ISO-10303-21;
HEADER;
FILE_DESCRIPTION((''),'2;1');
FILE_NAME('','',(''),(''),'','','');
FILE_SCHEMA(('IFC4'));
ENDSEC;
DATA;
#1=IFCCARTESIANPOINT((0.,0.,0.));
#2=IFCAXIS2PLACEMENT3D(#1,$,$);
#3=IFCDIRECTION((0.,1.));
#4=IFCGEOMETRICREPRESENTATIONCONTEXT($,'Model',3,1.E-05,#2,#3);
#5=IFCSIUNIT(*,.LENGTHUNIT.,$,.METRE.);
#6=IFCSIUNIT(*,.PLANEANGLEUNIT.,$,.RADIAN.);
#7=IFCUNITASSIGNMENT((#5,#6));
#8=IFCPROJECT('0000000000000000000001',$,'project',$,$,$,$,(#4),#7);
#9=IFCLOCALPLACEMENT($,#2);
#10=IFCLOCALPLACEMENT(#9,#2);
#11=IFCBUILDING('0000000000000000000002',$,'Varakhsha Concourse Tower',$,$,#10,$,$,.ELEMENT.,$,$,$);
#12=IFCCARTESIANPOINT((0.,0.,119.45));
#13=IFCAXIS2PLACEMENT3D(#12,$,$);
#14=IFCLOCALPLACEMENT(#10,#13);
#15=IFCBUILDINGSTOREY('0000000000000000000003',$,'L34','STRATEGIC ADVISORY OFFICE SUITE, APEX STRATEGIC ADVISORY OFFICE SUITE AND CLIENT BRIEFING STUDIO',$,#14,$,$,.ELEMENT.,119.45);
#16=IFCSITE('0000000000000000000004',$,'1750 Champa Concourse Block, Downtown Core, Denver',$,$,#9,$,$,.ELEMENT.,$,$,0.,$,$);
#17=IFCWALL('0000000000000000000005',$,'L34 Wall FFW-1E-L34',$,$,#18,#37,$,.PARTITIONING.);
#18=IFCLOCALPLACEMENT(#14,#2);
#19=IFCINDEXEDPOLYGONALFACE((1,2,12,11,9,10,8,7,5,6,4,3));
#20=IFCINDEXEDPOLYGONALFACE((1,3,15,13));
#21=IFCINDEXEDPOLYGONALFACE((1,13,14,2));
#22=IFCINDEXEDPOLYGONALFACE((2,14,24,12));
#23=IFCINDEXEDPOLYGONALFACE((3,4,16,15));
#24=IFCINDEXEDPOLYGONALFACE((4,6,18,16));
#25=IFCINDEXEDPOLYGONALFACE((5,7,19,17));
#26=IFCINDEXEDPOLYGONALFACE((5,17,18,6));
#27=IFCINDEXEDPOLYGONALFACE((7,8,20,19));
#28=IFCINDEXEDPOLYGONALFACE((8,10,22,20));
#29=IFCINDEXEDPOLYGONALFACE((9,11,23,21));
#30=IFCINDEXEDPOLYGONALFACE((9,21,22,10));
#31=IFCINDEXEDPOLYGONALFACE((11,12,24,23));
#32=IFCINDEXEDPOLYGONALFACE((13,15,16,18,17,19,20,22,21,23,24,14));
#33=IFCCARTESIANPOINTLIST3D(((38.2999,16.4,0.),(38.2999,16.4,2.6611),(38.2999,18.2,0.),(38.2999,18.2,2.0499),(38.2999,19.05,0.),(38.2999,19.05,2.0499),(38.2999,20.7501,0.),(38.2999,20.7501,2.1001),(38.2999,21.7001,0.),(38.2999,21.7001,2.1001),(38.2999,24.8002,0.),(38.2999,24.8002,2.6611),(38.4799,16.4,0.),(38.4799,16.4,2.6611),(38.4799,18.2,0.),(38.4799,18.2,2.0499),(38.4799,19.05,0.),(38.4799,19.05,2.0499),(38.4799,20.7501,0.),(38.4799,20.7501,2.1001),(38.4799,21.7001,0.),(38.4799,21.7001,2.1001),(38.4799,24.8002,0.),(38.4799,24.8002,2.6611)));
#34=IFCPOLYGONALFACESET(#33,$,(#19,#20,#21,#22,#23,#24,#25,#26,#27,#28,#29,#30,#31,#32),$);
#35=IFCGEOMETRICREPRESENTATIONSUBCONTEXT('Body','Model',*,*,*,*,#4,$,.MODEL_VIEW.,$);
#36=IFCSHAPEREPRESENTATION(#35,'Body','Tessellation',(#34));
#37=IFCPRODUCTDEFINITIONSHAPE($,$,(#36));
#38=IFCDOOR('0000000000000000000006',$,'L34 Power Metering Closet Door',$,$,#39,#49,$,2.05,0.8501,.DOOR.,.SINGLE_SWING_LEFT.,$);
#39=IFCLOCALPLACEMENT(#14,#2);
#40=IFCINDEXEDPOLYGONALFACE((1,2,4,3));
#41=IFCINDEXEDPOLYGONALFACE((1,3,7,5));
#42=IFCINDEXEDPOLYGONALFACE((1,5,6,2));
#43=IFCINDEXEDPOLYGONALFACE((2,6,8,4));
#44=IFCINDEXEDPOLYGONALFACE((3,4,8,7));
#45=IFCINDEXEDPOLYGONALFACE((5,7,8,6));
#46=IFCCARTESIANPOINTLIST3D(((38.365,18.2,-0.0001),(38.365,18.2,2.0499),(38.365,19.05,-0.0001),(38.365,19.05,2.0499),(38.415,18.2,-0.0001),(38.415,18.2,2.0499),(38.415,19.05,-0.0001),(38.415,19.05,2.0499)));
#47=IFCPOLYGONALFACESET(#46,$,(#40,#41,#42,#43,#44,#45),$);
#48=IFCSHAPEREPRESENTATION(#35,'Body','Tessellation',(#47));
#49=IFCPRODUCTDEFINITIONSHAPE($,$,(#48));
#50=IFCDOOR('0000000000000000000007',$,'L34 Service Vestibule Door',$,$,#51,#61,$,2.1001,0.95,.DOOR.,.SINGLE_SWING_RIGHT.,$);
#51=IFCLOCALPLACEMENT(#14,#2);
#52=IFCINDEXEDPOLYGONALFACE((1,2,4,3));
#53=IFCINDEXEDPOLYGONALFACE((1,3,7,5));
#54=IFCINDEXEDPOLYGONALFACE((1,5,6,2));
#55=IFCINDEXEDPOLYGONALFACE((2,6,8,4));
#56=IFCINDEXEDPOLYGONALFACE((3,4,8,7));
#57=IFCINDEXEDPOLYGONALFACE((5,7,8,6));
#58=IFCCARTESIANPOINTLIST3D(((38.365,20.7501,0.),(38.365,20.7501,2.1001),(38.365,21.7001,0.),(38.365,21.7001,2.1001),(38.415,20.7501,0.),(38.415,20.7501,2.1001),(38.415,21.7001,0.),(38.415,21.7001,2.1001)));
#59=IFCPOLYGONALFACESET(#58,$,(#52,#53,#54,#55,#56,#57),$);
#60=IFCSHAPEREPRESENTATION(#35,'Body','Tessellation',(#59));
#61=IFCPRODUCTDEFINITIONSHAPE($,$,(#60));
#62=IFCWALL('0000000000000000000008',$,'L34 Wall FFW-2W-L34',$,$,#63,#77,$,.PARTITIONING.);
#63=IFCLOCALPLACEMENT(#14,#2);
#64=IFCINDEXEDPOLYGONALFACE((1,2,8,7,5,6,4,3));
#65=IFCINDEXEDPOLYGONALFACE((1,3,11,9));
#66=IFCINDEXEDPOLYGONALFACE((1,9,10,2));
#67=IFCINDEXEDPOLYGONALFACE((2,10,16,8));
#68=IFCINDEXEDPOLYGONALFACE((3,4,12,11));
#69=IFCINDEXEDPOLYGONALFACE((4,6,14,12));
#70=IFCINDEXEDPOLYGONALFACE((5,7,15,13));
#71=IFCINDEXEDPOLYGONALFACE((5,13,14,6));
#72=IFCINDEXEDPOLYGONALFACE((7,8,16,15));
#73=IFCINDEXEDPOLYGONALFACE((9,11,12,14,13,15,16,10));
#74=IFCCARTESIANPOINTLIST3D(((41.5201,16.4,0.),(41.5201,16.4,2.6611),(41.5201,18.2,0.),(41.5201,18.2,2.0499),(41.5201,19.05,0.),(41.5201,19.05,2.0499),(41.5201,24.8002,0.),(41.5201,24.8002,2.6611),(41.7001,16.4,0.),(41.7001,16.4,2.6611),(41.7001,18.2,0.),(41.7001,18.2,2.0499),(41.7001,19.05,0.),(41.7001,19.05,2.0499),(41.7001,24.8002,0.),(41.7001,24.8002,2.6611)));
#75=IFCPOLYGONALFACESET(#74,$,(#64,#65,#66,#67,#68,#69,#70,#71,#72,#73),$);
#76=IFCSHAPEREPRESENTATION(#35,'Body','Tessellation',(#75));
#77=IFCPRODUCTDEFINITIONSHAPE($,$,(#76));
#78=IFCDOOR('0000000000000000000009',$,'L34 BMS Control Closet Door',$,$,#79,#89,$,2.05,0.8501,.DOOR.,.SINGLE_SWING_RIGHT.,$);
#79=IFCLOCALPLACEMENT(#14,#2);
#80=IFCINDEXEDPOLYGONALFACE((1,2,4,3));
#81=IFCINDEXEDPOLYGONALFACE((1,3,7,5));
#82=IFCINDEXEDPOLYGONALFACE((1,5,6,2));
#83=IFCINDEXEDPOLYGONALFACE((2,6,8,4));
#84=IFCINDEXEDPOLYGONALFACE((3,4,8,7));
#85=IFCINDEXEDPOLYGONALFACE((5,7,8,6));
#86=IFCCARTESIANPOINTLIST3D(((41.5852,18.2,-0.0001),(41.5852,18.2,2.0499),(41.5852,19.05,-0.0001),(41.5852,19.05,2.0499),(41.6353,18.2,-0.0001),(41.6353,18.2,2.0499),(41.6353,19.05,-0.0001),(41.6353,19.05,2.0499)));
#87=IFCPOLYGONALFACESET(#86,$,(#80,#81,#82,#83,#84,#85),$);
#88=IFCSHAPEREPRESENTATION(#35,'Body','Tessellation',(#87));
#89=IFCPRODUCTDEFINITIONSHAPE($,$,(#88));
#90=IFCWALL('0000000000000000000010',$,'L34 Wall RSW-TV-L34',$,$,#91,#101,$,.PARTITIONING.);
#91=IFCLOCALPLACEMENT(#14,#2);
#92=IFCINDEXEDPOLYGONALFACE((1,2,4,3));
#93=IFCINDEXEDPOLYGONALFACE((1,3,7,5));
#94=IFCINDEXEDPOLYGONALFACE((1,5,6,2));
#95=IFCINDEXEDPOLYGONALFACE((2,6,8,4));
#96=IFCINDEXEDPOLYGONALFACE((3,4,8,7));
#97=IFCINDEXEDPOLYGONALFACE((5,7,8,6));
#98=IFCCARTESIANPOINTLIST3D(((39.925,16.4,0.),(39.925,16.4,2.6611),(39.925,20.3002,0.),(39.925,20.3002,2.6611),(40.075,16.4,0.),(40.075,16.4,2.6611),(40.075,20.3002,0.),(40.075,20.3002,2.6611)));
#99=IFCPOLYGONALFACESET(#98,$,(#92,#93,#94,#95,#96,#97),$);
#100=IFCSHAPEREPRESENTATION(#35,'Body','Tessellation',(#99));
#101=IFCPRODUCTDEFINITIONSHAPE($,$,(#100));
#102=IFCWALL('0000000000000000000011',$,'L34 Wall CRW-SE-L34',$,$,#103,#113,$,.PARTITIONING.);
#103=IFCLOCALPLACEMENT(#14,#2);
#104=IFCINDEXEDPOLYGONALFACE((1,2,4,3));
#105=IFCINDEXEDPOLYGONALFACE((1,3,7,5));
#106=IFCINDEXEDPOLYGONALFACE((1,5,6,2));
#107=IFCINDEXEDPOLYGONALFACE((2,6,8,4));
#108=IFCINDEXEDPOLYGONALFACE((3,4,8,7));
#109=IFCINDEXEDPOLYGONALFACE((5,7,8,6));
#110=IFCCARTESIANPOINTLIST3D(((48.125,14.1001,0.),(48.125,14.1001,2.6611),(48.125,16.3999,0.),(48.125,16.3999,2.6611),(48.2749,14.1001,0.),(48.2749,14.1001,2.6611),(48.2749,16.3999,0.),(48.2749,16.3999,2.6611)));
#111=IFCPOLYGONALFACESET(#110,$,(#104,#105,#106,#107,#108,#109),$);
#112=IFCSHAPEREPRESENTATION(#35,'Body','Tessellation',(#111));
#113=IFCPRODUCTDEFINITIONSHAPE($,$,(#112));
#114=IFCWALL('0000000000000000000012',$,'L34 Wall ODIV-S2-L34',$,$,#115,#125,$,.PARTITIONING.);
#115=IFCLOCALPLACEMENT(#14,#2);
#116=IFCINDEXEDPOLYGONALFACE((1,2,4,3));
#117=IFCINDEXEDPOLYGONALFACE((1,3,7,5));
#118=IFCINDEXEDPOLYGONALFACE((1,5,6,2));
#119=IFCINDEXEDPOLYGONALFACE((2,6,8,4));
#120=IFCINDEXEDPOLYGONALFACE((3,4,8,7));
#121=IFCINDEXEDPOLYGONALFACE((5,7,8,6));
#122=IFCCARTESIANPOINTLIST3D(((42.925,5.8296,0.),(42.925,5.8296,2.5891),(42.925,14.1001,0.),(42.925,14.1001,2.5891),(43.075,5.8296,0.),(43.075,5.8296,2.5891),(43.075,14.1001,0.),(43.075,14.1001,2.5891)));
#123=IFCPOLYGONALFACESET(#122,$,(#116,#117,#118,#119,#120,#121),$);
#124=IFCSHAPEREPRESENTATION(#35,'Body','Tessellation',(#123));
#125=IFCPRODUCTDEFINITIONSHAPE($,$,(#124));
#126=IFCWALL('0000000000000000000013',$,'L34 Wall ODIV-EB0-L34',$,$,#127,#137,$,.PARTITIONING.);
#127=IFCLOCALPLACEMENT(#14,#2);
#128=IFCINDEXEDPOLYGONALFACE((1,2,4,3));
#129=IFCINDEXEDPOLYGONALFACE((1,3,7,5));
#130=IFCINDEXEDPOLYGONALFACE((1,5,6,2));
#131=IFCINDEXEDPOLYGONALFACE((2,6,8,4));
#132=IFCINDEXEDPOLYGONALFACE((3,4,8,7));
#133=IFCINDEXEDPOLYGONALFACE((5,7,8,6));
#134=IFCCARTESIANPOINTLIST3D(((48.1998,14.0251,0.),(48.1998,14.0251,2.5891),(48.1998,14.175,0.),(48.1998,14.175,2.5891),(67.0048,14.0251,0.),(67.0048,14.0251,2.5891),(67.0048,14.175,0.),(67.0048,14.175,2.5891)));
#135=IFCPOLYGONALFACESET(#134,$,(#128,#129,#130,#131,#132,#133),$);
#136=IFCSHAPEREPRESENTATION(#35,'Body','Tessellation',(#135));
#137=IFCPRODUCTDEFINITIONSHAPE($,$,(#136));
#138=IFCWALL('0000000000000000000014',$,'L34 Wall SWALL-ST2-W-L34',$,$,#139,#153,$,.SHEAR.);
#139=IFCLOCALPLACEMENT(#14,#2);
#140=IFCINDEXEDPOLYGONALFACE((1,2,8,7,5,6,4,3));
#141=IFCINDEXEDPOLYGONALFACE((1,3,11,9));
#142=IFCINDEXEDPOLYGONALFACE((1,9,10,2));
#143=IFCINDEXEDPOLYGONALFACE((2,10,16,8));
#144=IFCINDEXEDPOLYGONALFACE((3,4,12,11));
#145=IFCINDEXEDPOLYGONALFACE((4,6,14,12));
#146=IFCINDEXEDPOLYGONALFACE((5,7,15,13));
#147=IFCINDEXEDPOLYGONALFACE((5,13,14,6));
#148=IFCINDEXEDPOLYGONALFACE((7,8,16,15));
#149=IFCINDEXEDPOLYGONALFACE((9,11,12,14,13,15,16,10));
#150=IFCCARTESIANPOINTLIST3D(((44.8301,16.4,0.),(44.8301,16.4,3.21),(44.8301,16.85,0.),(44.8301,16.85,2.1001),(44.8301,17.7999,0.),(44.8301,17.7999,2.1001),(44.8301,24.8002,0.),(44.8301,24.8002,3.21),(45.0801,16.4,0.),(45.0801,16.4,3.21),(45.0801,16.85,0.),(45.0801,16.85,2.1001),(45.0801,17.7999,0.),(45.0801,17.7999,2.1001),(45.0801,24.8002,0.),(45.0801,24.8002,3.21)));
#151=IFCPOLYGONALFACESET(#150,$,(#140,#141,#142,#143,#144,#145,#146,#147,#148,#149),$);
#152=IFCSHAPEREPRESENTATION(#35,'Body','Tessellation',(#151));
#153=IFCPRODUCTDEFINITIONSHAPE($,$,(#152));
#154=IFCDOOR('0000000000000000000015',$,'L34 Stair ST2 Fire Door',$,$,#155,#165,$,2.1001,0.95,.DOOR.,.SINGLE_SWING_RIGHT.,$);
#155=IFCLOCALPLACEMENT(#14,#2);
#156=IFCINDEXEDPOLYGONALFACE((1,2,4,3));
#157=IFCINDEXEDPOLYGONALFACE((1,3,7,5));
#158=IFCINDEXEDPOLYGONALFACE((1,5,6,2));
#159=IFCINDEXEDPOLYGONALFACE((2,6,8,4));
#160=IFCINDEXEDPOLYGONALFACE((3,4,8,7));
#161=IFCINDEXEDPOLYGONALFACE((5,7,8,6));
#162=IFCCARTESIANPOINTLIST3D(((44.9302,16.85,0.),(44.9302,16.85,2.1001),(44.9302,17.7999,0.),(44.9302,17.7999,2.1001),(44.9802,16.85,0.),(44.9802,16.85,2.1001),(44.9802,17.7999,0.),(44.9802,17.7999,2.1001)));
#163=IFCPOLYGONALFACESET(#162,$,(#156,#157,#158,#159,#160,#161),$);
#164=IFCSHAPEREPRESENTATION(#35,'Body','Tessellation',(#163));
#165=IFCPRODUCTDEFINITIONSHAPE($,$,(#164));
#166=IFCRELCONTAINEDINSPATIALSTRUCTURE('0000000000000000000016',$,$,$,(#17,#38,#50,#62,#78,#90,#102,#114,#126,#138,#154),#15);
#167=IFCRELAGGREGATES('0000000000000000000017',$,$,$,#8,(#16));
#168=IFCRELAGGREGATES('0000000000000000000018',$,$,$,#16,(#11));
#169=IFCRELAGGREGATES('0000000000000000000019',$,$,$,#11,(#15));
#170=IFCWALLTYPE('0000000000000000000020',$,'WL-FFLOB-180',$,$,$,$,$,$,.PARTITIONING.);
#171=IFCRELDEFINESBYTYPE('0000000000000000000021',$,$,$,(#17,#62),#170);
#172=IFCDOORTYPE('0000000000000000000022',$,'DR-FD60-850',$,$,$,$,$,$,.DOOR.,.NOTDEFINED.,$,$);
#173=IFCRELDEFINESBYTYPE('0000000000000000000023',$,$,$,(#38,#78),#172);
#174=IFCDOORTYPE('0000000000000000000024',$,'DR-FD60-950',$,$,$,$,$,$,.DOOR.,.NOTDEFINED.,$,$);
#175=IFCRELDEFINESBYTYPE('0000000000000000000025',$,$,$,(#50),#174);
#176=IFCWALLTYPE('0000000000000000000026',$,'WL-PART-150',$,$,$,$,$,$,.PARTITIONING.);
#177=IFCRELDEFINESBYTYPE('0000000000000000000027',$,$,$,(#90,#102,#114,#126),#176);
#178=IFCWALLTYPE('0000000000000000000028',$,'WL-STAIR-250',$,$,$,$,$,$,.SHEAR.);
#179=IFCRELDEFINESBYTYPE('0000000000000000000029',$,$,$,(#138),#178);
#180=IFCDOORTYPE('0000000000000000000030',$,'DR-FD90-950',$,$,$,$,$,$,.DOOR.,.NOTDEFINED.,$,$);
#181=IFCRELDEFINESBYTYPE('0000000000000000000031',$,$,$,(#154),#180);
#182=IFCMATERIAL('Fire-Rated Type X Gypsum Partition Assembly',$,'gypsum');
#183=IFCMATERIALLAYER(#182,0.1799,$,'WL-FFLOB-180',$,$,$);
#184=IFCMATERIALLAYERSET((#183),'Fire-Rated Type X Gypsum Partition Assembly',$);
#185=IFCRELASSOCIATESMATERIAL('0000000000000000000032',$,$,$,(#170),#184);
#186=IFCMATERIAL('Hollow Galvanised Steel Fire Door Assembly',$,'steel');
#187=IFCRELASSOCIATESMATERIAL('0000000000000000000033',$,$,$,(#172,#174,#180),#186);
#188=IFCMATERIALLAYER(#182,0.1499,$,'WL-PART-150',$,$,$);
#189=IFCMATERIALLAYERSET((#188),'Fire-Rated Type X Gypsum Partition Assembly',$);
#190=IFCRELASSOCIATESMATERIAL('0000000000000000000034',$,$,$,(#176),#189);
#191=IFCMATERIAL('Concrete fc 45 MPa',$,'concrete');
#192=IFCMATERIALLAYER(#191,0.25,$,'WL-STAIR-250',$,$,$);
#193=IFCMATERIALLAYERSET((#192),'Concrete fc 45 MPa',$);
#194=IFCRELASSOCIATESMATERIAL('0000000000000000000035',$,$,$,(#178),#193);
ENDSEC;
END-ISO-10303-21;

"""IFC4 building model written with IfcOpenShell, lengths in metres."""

from ifc_helpers import new_model, si_unit, direction, frame, frame_2d, origin, place, context, subcontext, project, spatial, rectangle, extrude, material, layer, layer_set, type_object, element, fill, save


model = new_model("IFC4")

# Units and contexts
model_context = context("Model", 3, precision=1e-05, world=origin(), true_north=direction((0.0, 1.0)))
body_context = subcontext(model_context, "Body", "Model", "MODEL_VIEW")
ifc_project = project(units=[si_unit("LENGTHUNIT", "METRE"), si_unit("PLANEANGLEUNIT", "RADIAN")], contexts=[model_context])

# Site, building, storey
site_placement = place(None, origin())
site = spatial("IfcSite", under=ifc_project, at=site_placement, Name="1750 Champa Concourse Block, Downtown Core, Denver", CompositionType="ELEMENT", RefElevation=0.0)
building_placement = place(site_placement, origin())
building = spatial("IfcBuilding", under=site, at=building_placement, Name="Varakhsha Concourse Tower", CompositionType="ELEMENT")
storey_placement = place(building_placement, frame((0.0, 0.0, 119.45)))
storey = spatial("IfcBuildingStorey", under=building, at=storey_placement, Name="L34", Description="STRATEGIC ADVISORY OFFICE SUITE, APEX STRATEGIC ADVISORY OFFICE SUITE AND CLIENT BRIEFING STUDIO", CompositionType="ELEMENT", Elevation=119.45)

# Wall, openings, doors
ifc_material_1 = material(Name="Fire-Rated Type X Gypsum Partition Assembly", Category="gypsum")
ifc_layer_1 = layer(ifc_material_1, 0.1799, Name="WL-FFLOB-180")
ifc_layer_set_1 = layer_set([ifc_layer_1], Name="Fire-Rated Type X Gypsum Partition Assembly")
wall_type_1 = type_object("IfcWallType", Name="WL-FFLOB-180", PredefinedType="PARTITIONING", material=ifc_layer_set_1)
wall_1_placement = place(storey_placement, frame((38.3899, 16.3999, 0.0), z_axis=(0.0, 0.0, 1.0), x_axis=(0.0, 1.0, 0.0)))
wall_1 = element("IfcWall", 1, at=wall_1_placement, inside=storey, type_object=wall_type_1, Name="L34 Wall FFW-1E-L34", PredefinedType="PARTITIONING", context=body_context, shape_type="SweptSolid", body=[
    extrude(rectangle(XDim=8.4001, YDim=0.1799, at=frame_2d((4.2002, 0.0))), origin(), (0.0, 0.0, 1.0), 2.6611),
])
opening_1_placement = place(wall_1_placement, frame((1.8, 0.0, 0.0)))
opening_1 = element("IfcOpeningElement", 2, at=opening_1_placement, cuts=wall_1, PredefinedType="OPENING", context=body_context, shape_type="SweptSolid", body=[
    extrude(rectangle(XDim=0.8501, YDim=2.05, at=frame_2d((0.425, 1.0249))), frame((0.0, 0.0999, 0.0), z_axis=(0.0, -1.0, 0.0), x_axis=(1.0, 0.0, 0.0)), (0.0, 0.0, 1.0), 0.2),
])
opening_2_placement = place(wall_1_placement, frame((4.3501, 0.0, 0.0)))
opening_2 = element("IfcOpeningElement", 3, at=opening_2_placement, cuts=wall_1, PredefinedType="OPENING", context=body_context, shape_type="SweptSolid", body=[
    extrude(rectangle(XDim=0.95, YDim=2.1001, at=frame_2d((0.4751, 1.05))), frame((0.0, 0.0999, 0.0), z_axis=(0.0, -1.0, 0.0), x_axis=(1.0, 0.0, 0.0)), (0.0, 0.0, 1.0), 0.2),
])
ifc_material_2 = material(Name="Hollow Galvanised Steel Fire Door Assembly", Category="steel")
door_type_1 = type_object("IfcDoorType", Name="DR-FD60-850", OperationType="NOTDEFINED", PredefinedType="DOOR", material=ifc_material_2)
door_1_placement = place(opening_1_placement, origin())
door_1 = element("IfcDoor", 4, at=door_1_placement, inside=storey, type_object=door_type_1, Name="L34 Power Metering Closet Door", OperationType="SINGLE_SWING_LEFT", OverallHeight=2.05, OverallWidth=0.8501, PredefinedType="DOOR", context=body_context, shape_type="SweptSolid", body=[
    extrude(rectangle(XDim=0.8501, YDim=2.05, at=frame_2d((0.425, 1.0249))), frame((0.0, 0.0249, 0.0), z_axis=(0.0, -1.0, 0.0), x_axis=(1.0, 0.0, 0.0)), (0.0, 0.0, 1.0), 0.05),
])
fill(opening_1, door_1)
door_type_2 = type_object("IfcDoorType", Name="DR-FD60-950", OperationType="NOTDEFINED", PredefinedType="DOOR", material=ifc_material_2)
door_2_placement = place(opening_2_placement, origin())
door_2 = element("IfcDoor", 5, at=door_2_placement, inside=storey, type_object=door_type_2, Name="L34 Service Vestibule Door", OperationType="SINGLE_SWING_RIGHT", OverallHeight=2.1001, OverallWidth=0.95, PredefinedType="DOOR", context=body_context, shape_type="SweptSolid", body=[
    extrude(rectangle(XDim=0.95, YDim=2.1001, at=frame_2d((0.4751, 1.05))), frame((0.0, 0.0249, 0.0), z_axis=(0.0, -1.0, 0.0), x_axis=(1.0, 0.0, 0.0)), (0.0, 0.0, 1.0), 0.05),
])
fill(opening_2, door_2)

# Wall, opening, door
wall_2_placement = place(storey_placement, frame((41.6101, 16.3999, 0.0), z_axis=(0.0, 0.0, 1.0), x_axis=(0.0, 1.0, 0.0)))
wall_2 = element("IfcWall", 6, at=wall_2_placement, inside=storey, type_object=wall_type_1, Name="L34 Wall FFW-2W-L34", PredefinedType="PARTITIONING", context=body_context, shape_type="SweptSolid", body=[
    extrude(rectangle(XDim=8.4001, YDim=0.1799, at=frame_2d((4.2002, 0.0))), origin(), (0.0, 0.0, 1.0), 2.6611),
])
opening_3_placement = place(wall_2_placement, frame((1.8, 0.0, 0.0)))
opening_3 = element("IfcOpeningElement", 7, at=opening_3_placement, cuts=wall_2, PredefinedType="OPENING", context=body_context, shape_type="SweptSolid", body=[
    extrude(rectangle(XDim=0.8501, YDim=2.05, at=frame_2d((0.425, 1.0249))), frame((0.0, 0.0999, 0.0), z_axis=(0.0, -1.0, 0.0), x_axis=(1.0, 0.0, 0.0)), (0.0, 0.0, 1.0), 0.2),
])
door_3_placement = place(opening_3_placement, origin())
door_3 = element("IfcDoor", 8, at=door_3_placement, inside=storey, type_object=door_type_1, Name="L34 BMS Control Closet Door", OperationType="SINGLE_SWING_RIGHT", OverallHeight=2.05, OverallWidth=0.8501, PredefinedType="DOOR", context=body_context, shape_type="SweptSolid", body=[
    extrude(rectangle(XDim=0.8501, YDim=2.05, at=frame_2d((0.425, 1.0249))), frame((0.0, 0.0249, 0.0), z_axis=(0.0, -1.0, 0.0), x_axis=(1.0, 0.0, 0.0)), (0.0, 0.0, 1.0), 0.05),
])
fill(opening_3, door_3)

# Walls
ifc_layer_2 = layer(ifc_material_1, 0.1499, Name="WL-PART-150")
ifc_layer_set_2 = layer_set([ifc_layer_2], Name="Fire-Rated Type X Gypsum Partition Assembly")
wall_type_2 = type_object("IfcWallType", Name="WL-PART-150", PredefinedType="PARTITIONING", material=ifc_layer_set_2)
wall_3_placement = place(storey_placement, frame((40.0, 16.3999, 0.0), z_axis=(0.0, 0.0, 1.0), x_axis=(0.0, 1.0, 0.0)))
element("IfcWall", 9, at=wall_3_placement, inside=storey, type_object=wall_type_2, Name="L34 Wall RSW-TV-L34", PredefinedType="PARTITIONING", context=body_context, shape_type="SweptSolid", body=[
    extrude(rectangle(XDim=3.9001, YDim=0.1499, at=frame_2d((1.9502, 0.0))), origin(), (0.0, 0.0, 1.0), 2.6611),
])
wall_4_placement = place(storey_placement, frame((48.2, 14.1001, 0.0), z_axis=(0.0, 0.0, 1.0), x_axis=(0.0, 1.0, 0.0)))
element("IfcWall", 10, at=wall_4_placement, inside=storey, type_object=wall_type_2, Name="L34 Wall CRW-SE-L34", PredefinedType="PARTITIONING", context=body_context, shape_type="SweptSolid", body=[
    extrude(rectangle(XDim=2.2998, YDim=0.1499, at=frame_2d((1.1499, 0.0))), origin(), (0.0, 0.0, 1.0), 2.6611),
])
wall_5_placement = place(storey_placement, frame((43.0, 5.8296, 0.0), z_axis=(0.0, 0.0, 1.0), x_axis=(0.0, 1.0, 0.0)))
element("IfcWall", 11, at=wall_5_placement, inside=storey, type_object=wall_type_2, Name="L34 Wall ODIV-S2-L34", PredefinedType="PARTITIONING", context=body_context, shape_type="SweptSolid", body=[
    extrude(rectangle(XDim=8.2705, YDim=0.1499, at=frame_2d((4.1353, 0.0))), origin(), (0.0, 0.0, 1.0), 2.5891),
])
wall_6_placement = place(storey_placement, frame((48.2, 14.1001, 0.0), z_axis=(0.0, 0.0, 1.0), x_axis=(1.0, 0.0, 0.0)))
element("IfcWall", 12, at=wall_6_placement, inside=storey, type_object=wall_type_2, Name="L34 Wall ODIV-EB0-L34", PredefinedType="PARTITIONING", context=body_context, shape_type="SweptSolid", body=[
    extrude(rectangle(XDim=18.8049, YDim=0.1499, at=frame_2d((9.4023, 0.0))), origin(), (0.0, 0.0, 1.0), 2.5891),
])

# Wall, opening, door
ifc_material_3 = material(Name="Concrete fc 45 MPa", Category="concrete")
ifc_layer_3 = layer(ifc_material_3, 0.25, Name="WL-STAIR-250")
ifc_layer_set_3 = layer_set([ifc_layer_3], Name="Concrete fc 45 MPa")
wall_type_3 = type_object("IfcWallType", Name="WL-STAIR-250", PredefinedType="SHEAR", material=ifc_layer_set_3)
wall_7_placement = place(storey_placement, frame((44.9551, 16.3999, 0.0), z_axis=(0.0, 0.0, 1.0), x_axis=(0.0, 1.0, 0.0)))
wall_7 = element("IfcWall", 13, at=wall_7_placement, inside=storey, type_object=wall_type_3, Name="L34 Wall SWALL-ST2-W-L34", PredefinedType="SHEAR", context=body_context, shape_type="SweptSolid", body=[
    extrude(rectangle(XDim=8.4001, YDim=0.25, at=frame_2d((4.2002, 0.0))), origin(), (0.0, 0.0, 1.0), 3.21),
])
opening_4_placement = place(wall_7_placement, frame((0.45, 0.0, 0.0)))
opening_4 = element("IfcOpeningElement", 14, at=opening_4_placement, cuts=wall_7, PredefinedType="OPENING", context=body_context, shape_type="SweptSolid", body=[
    extrude(rectangle(XDim=0.95, YDim=2.1001, at=frame_2d((0.4751, 1.05))), frame((0.0, 0.135, 0.0), z_axis=(0.0, -1.0, 0.0), x_axis=(1.0, 0.0, 0.0)), (0.0, 0.0, 1.0), 0.27),
])
door_type_3 = type_object("IfcDoorType", Name="DR-FD90-950", OperationType="NOTDEFINED", PredefinedType="DOOR", material=ifc_material_2)
door_4_placement = place(opening_4_placement, origin())
door_4 = element("IfcDoor", 15, at=door_4_placement, inside=storey, type_object=door_type_3, Name="L34 Stair ST2 Fire Door", OperationType="SINGLE_SWING_RIGHT", OverallHeight=2.1001, OverallWidth=0.95, PredefinedType="DOOR", context=body_context, shape_type="SweptSolid", body=[
    extrude(rectangle(XDim=0.95, YDim=2.1001, at=frame_2d((0.4751, 1.05))), frame((0.0, 0.0249, 0.0), z_axis=(0.0, -1.0, 0.0), x_axis=(1.0, 0.0, 0.0)), (0.0, 0.0, 1.0), 0.05),
])
fill(opening_4, door_4)

save(model, "model.ifc")
